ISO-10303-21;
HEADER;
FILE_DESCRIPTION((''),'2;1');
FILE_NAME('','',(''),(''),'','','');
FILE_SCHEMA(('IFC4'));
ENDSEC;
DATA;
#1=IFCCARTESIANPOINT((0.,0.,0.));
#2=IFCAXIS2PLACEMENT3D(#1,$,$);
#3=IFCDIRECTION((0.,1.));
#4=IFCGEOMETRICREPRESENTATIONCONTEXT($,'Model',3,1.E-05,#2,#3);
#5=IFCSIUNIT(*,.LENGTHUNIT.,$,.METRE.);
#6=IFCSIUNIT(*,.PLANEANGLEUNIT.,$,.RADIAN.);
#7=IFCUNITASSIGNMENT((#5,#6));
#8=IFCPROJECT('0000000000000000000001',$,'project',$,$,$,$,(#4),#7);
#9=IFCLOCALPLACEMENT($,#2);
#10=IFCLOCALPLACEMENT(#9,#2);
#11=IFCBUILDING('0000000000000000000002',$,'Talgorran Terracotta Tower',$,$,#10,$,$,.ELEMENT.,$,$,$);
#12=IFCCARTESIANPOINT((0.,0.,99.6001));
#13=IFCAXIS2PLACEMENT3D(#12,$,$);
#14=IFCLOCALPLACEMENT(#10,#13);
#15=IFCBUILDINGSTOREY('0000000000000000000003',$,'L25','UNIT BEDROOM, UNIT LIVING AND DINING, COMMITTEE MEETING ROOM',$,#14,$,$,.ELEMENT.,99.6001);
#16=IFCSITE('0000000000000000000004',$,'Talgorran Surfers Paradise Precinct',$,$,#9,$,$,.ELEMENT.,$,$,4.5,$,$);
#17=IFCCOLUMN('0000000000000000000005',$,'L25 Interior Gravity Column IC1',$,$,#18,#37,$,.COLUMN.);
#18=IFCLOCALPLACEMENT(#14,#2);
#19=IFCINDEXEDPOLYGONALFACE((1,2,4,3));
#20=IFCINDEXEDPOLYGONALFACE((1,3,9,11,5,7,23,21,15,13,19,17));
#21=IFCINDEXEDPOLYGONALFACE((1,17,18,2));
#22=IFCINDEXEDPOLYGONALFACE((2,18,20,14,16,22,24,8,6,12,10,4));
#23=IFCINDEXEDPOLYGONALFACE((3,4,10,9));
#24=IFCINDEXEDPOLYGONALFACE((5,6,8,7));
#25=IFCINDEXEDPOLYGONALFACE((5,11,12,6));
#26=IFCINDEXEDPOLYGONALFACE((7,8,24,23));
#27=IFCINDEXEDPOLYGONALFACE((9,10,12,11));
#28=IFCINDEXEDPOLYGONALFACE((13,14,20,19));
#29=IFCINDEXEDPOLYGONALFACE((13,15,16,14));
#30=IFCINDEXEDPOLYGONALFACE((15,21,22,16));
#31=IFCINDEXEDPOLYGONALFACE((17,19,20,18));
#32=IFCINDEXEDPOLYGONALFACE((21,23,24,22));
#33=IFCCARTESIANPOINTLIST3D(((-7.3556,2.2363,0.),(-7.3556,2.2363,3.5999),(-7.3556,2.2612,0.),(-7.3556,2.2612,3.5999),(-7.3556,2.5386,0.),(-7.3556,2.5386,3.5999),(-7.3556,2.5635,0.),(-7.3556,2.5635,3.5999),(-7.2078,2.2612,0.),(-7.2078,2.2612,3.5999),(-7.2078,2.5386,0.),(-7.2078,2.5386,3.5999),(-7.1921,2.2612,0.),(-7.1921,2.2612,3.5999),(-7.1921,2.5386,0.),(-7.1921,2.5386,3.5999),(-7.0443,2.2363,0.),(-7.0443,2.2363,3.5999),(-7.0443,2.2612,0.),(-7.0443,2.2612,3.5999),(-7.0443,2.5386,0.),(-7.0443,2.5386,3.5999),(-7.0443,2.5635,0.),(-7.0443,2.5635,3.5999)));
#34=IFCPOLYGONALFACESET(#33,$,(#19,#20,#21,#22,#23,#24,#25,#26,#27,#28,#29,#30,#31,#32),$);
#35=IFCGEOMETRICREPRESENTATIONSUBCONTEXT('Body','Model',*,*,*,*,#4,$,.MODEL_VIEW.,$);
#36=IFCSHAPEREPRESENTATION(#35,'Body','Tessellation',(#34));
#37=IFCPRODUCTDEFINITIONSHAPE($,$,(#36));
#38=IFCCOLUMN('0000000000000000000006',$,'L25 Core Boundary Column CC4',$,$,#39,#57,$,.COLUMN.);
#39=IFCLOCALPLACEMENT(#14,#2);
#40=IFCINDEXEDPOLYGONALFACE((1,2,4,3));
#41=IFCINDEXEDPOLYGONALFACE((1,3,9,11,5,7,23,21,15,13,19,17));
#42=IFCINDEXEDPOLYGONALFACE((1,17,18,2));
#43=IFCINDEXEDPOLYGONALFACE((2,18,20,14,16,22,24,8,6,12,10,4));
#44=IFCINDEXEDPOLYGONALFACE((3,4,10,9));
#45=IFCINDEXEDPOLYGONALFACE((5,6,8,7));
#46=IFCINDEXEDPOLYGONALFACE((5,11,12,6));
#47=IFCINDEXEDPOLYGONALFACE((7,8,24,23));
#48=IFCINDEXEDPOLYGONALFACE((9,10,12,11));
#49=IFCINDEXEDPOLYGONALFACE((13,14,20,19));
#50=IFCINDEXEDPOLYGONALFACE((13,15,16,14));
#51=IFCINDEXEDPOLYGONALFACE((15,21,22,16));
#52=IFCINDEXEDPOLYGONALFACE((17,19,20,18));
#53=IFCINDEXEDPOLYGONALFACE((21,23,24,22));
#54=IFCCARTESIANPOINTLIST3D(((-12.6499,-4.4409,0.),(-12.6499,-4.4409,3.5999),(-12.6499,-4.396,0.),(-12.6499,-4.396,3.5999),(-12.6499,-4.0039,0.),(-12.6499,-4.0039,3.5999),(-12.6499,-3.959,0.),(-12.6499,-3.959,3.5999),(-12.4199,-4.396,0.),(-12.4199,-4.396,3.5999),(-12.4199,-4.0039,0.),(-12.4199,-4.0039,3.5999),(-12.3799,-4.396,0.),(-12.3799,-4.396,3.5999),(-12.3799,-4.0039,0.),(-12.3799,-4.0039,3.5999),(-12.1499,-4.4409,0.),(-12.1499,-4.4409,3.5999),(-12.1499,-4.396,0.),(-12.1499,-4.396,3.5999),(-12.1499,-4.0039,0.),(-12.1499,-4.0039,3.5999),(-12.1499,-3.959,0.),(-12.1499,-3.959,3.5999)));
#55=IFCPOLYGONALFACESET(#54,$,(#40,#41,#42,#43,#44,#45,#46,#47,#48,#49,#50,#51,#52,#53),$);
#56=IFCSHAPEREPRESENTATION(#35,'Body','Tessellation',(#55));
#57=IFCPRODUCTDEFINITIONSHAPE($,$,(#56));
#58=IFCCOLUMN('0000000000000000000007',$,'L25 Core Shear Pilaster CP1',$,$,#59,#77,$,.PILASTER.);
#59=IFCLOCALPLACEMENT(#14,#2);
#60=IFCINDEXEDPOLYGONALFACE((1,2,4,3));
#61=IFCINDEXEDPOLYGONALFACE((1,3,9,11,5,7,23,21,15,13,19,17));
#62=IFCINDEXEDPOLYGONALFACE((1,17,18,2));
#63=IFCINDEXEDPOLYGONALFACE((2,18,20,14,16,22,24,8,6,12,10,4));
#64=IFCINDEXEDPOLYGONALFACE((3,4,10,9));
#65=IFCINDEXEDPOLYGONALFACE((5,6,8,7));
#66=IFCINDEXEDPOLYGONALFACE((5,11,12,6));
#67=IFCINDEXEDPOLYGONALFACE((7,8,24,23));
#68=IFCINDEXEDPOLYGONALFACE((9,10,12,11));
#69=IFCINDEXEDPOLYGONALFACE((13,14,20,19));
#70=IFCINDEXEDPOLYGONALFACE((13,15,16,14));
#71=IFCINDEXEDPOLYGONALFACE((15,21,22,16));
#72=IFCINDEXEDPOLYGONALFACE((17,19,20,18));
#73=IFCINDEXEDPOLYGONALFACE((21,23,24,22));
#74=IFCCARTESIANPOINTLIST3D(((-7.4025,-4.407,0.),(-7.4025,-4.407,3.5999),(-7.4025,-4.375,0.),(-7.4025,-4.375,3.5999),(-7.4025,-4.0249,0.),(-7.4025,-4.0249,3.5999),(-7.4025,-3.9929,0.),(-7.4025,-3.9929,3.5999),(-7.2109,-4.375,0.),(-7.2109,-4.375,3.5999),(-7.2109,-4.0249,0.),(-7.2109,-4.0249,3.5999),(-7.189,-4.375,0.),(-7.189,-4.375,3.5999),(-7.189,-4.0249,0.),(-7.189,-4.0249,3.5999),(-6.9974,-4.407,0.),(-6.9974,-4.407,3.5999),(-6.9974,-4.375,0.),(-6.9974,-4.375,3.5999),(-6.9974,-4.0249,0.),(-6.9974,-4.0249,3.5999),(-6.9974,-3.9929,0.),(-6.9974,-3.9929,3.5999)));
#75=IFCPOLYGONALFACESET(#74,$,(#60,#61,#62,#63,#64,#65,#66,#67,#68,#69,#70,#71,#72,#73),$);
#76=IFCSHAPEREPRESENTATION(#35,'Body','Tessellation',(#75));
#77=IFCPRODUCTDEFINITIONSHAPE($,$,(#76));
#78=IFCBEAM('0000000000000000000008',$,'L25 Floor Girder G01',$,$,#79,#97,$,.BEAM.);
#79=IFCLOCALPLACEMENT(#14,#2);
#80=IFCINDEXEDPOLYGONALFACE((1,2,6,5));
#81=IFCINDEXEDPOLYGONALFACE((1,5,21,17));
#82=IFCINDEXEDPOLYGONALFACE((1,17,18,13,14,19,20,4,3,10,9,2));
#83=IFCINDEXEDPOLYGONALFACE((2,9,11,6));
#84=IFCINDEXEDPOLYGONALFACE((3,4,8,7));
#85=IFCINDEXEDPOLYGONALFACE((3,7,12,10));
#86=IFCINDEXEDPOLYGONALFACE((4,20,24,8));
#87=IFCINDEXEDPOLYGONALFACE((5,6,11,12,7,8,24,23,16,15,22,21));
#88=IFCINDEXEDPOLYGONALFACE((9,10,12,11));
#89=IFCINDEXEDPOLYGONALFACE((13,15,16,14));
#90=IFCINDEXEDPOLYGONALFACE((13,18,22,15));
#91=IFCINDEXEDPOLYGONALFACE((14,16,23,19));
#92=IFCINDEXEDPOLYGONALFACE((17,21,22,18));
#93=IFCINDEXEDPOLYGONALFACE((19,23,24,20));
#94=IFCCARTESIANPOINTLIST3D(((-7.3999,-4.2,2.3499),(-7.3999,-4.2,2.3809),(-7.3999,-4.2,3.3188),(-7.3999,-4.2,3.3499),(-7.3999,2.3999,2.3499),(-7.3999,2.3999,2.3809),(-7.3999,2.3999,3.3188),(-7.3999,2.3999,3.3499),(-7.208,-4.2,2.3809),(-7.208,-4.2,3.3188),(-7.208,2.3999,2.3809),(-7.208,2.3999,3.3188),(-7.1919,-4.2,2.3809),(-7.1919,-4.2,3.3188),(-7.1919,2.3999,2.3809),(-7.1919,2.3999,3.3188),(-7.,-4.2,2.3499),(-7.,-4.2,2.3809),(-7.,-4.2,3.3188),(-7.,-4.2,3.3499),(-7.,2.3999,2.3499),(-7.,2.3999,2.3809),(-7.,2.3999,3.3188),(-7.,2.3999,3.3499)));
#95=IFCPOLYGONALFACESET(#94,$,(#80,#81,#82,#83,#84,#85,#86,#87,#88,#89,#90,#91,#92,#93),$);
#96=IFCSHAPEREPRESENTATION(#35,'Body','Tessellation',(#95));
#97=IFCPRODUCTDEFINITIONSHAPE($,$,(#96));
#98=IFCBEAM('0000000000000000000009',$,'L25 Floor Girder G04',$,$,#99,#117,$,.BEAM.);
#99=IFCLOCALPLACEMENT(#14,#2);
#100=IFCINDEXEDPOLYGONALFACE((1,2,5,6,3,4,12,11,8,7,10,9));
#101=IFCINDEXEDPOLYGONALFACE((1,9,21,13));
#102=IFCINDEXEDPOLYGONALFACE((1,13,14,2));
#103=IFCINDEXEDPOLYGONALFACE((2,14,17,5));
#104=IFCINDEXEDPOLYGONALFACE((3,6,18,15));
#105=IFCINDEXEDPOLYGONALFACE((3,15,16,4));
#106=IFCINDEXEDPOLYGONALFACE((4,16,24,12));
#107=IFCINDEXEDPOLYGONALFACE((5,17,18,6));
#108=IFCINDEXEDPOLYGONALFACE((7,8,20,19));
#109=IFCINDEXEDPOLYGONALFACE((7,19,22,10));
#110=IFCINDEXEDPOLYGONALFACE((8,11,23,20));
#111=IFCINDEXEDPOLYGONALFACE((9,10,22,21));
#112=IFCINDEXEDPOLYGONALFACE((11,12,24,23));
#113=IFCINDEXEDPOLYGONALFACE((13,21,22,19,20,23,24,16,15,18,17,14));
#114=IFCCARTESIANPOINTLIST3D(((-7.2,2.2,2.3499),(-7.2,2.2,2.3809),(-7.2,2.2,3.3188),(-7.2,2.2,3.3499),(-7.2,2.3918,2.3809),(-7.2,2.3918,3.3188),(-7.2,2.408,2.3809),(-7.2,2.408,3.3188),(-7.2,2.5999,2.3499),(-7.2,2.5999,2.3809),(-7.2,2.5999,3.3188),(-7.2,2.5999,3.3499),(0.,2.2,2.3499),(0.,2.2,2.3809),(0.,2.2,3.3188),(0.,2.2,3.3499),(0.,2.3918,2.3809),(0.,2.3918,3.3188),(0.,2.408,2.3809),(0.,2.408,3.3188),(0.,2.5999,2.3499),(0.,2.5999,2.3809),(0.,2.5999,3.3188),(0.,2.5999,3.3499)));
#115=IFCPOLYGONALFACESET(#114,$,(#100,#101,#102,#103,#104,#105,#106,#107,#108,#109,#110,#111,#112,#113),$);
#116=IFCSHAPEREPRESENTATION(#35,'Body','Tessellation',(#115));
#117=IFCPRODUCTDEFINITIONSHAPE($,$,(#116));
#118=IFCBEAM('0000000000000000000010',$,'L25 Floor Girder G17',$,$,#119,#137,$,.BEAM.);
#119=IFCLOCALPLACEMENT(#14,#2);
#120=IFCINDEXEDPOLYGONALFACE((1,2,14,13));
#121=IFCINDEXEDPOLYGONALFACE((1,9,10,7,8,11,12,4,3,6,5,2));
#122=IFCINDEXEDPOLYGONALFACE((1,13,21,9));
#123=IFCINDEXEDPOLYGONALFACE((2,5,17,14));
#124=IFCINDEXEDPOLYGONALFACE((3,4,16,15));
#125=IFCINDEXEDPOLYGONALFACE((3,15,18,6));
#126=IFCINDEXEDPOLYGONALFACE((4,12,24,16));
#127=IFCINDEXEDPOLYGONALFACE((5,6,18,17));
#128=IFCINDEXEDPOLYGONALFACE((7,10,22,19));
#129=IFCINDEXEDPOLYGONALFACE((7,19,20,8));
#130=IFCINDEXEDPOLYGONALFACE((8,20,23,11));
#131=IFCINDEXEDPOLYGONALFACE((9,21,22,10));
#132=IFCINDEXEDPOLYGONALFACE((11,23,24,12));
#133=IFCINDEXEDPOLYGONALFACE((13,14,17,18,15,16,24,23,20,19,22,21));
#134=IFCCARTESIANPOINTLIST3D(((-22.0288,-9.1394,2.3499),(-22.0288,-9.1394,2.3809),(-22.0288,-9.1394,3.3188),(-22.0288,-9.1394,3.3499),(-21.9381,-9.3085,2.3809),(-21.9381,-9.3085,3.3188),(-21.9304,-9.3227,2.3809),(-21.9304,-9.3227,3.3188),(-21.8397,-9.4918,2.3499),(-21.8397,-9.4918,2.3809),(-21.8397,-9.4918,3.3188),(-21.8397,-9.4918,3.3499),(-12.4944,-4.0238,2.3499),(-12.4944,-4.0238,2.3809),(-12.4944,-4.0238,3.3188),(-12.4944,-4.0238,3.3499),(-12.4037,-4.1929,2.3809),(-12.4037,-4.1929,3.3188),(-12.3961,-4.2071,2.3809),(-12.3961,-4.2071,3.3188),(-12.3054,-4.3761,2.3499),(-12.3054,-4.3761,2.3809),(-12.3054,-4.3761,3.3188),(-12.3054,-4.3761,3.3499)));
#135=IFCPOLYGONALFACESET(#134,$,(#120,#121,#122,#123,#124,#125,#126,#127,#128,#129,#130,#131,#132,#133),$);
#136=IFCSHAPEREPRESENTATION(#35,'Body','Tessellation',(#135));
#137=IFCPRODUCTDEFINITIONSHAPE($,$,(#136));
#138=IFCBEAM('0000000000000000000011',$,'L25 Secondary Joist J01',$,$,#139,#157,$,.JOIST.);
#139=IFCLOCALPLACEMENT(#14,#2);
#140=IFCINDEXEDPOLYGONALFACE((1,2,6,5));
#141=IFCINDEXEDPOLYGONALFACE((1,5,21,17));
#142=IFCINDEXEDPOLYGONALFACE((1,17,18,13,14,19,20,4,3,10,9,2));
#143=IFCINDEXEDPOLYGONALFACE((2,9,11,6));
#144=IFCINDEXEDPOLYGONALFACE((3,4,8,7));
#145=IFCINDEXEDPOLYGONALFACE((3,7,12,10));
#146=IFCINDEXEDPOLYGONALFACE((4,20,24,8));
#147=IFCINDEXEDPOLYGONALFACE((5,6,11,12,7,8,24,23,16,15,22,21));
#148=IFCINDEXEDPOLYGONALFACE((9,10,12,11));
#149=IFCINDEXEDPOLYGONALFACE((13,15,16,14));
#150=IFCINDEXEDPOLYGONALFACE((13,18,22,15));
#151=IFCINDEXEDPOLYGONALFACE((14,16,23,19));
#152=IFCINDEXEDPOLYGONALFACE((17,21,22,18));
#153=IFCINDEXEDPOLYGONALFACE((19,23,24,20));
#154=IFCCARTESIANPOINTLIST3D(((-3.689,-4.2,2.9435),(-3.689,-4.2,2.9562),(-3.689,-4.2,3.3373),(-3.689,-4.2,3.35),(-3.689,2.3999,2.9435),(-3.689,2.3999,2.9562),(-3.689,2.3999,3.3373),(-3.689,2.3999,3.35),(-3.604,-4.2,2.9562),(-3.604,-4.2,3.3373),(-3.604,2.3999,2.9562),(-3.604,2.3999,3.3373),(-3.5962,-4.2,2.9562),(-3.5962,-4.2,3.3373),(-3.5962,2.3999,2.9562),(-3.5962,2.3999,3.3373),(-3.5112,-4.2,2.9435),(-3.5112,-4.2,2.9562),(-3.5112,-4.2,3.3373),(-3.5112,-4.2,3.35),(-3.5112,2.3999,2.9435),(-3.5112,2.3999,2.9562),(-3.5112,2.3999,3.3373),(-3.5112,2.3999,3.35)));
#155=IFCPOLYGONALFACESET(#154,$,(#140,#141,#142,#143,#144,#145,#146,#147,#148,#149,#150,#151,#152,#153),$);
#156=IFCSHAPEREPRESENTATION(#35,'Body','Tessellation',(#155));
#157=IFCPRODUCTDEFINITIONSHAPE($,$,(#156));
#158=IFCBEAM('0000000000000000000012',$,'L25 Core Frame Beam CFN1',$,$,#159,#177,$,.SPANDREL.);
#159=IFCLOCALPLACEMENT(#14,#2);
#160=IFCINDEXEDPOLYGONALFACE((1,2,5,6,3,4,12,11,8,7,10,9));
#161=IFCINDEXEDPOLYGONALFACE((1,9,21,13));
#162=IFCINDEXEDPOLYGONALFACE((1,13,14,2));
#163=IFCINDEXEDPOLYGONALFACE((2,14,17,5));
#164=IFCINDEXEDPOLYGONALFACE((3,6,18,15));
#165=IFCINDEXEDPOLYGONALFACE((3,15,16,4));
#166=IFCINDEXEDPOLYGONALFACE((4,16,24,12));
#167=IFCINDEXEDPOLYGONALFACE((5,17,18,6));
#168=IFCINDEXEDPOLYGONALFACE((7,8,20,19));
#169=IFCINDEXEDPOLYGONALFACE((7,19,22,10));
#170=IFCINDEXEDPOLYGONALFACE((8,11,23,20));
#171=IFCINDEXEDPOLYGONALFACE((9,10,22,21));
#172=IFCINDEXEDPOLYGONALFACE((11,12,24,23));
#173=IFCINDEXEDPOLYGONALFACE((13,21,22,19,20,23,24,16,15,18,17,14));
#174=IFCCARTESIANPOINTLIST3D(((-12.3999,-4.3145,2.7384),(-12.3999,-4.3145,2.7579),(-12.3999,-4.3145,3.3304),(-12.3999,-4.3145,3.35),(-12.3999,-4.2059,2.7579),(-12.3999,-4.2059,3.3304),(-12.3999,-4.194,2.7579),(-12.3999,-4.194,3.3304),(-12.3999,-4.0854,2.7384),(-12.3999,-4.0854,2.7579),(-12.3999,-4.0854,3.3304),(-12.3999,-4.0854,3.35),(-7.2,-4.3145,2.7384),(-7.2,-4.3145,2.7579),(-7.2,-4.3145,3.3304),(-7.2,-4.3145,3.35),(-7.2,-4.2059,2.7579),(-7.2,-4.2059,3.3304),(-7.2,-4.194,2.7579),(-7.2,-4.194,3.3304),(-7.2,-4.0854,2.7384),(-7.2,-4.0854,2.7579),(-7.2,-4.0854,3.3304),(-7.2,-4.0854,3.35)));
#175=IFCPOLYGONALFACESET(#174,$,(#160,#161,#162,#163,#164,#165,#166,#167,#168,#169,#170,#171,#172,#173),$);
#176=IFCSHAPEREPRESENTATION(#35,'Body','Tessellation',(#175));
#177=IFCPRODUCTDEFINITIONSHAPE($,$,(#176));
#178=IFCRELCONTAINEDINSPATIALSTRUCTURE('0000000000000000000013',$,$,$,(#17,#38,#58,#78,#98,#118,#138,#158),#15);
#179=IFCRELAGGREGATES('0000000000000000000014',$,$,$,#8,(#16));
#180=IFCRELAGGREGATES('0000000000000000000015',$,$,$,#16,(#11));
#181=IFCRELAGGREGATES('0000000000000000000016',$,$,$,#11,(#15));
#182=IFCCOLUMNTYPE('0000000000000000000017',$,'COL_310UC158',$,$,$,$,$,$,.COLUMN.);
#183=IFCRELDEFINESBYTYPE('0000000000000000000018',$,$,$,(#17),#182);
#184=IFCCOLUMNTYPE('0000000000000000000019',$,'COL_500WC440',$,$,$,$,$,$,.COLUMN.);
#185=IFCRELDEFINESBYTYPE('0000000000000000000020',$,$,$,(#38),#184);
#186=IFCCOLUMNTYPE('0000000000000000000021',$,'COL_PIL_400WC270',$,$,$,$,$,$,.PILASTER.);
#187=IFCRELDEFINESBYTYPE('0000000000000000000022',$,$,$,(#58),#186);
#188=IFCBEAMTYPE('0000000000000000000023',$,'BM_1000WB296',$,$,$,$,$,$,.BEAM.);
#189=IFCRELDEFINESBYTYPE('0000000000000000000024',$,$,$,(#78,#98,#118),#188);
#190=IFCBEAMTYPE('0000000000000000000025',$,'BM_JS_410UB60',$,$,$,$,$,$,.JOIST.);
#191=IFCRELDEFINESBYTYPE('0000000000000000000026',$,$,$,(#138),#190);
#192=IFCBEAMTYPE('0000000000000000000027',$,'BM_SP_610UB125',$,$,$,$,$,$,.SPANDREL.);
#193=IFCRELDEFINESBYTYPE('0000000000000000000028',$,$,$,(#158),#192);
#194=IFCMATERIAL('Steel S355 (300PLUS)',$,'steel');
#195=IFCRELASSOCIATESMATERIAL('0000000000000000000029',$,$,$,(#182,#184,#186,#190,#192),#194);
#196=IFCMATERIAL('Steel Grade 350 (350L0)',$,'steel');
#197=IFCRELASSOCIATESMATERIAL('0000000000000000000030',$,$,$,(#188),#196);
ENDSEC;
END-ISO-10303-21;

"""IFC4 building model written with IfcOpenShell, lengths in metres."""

from ifc_helpers import new_model, si_unit, direction, frame, origin, origin_2d, place, context, subcontext, project, spatial, i_section, extrude, material, material_profile, profile_set, type_object, element, save


model = new_model("IFC4")

# Units and contexts
model_context = context("Model", 3, precision=1e-05, world=origin(), true_north=direction((0.0, 1.0)))
body_context = subcontext(model_context, "Body", "Model", "MODEL_VIEW")
ifc_project = project(units=[si_unit("LENGTHUNIT", "METRE"), si_unit("PLANEANGLEUNIT", "RADIAN")], contexts=[model_context])

# Site, building, storey
site_placement = place(None, origin())
site = spatial("IfcSite", under=ifc_project, at=site_placement, Name="Talgorran Surfers Paradise Precinct", CompositionType="ELEMENT", RefElevation=4.5)
building_placement = place(site_placement, origin())
building = spatial("IfcBuilding", under=site, at=building_placement, Name="Talgorran Terracotta Tower", CompositionType="ELEMENT")
storey_placement = place(building_placement, frame((0.0, 0.0, 99.6001)))
storey = spatial("IfcBuildingStorey", under=building, at=storey_placement, Name="L25", Description="UNIT BEDROOM, UNIT LIVING AND DINING, COMMITTEE MEETING ROOM", CompositionType="ELEMENT", Elevation=99.6001)

# Columns
ifc_material_1 = material(Name="Steel S355 (300PLUS)", Category="steel")
ifc_material_profile_1 = material_profile(ifc_material_1, i_section(OverallWidth=0.3113, OverallDepth=0.3271, WebThickness=0.0156, FlangeThickness=0.0249, at=origin_2d()), Name="310UC158")
ifc_profile_set_1 = profile_set([ifc_material_profile_1], Name="Steel S355 (300PLUS)")
column_type_1 = type_object("IfcColumnType", Name="COL_310UC158", PredefinedType="COLUMN", material=ifc_profile_set_1)
column_1_placement = place(storey_placement, frame((-7.2, 2.3999, 0.0), z_axis=(0.0, 0.0, 1.0), x_axis=(1.0, 0.0, 0.0)))
element("IfcColumn", 1, at=column_1_placement, inside=storey, type_object=column_type_1, Name="L25 Interior Gravity Column IC1", PredefinedType="COLUMN", context=body_context, shape_type="SweptSolid", body=[
    extrude(i_section(OverallWidth=0.3113, OverallDepth=0.3271, WebThickness=0.0156, FlangeThickness=0.0249, at=origin_2d()), origin(), (0.0, 0.0, 1.0), 3.5999),
])
ifc_material_profile_2 = material_profile(ifc_material_1, i_section(OverallWidth=0.5, OverallDepth=0.4819, WebThickness=0.04, FlangeThickness=0.0449, at=origin_2d()), Name="500WC440")
ifc_profile_set_2 = profile_set([ifc_material_profile_2], Name="Steel S355 (300PLUS)")
column_type_2 = type_object("IfcColumnType", Name="COL_500WC440", PredefinedType="COLUMN", material=ifc_profile_set_2)
column_2_placement = place(storey_placement, frame((-12.3999, -4.2, 0.0), z_axis=(0.0, 0.0, 1.0), x_axis=(1.0, 0.0, 0.0)))
element("IfcColumn", 2, at=column_2_placement, inside=storey, type_object=column_type_2, Name="L25 Core Boundary Column CC4", PredefinedType="COLUMN", context=body_context, shape_type="SweptSolid", body=[
    extrude(i_section(OverallWidth=0.5, OverallDepth=0.4819, WebThickness=0.04, FlangeThickness=0.0449, at=origin_2d()), origin(), (0.0, 0.0, 1.0), 3.5999),
])
ifc_material_profile_3 = material_profile(ifc_material_1, i_section(OverallWidth=0.405, OverallDepth=0.4141, WebThickness=0.022, FlangeThickness=0.032, at=origin_2d()), Name="400WC270")
ifc_profile_set_3 = profile_set([ifc_material_profile_3], Name="Steel S355 (300PLUS)")
column_type_3 = type_object("IfcColumnType", Name="COL_PIL_400WC270", PredefinedType="PILASTER", material=ifc_profile_set_3)
column_3_placement = place(storey_placement, frame((-7.2, -4.2, 0.0), z_axis=(0.0, 0.0, 1.0), x_axis=(1.0, 0.0, 0.0)))
element("IfcColumn", 3, at=column_3_placement, inside=storey, type_object=column_type_3, Name="L25 Core Shear Pilaster CP1", PredefinedType="PILASTER", context=body_context, shape_type="SweptSolid", body=[
    extrude(i_section(OverallWidth=0.405, OverallDepth=0.4141, WebThickness=0.022, FlangeThickness=0.032, at=origin_2d()), origin(), (0.0, 0.0, 1.0), 3.5999),
])

# Beams
ifc_material_2 = material(Name="Steel Grade 350 (350L0)", Category="steel")
ifc_material_profile_4 = material_profile(ifc_material_2, i_section(OverallWidth=0.3999, OverallDepth=1.0, WebThickness=0.0161, FlangeThickness=0.031, at=origin_2d()), Name="1000WB296")
ifc_profile_set_4 = profile_set([ifc_material_profile_4], Name="Steel Grade 350 (350L0)")
beam_type_1 = type_object("IfcBeamType", Name="BM_1000WB296", PredefinedType="BEAM", material=ifc_profile_set_4)
beam_1_placement = place(storey_placement, frame((-7.2, -4.2, 2.8499), z_axis=(0.0, 1.0, 0.0), x_axis=(-1.0, 0.0, 0.0)))
element("IfcBeam", 4, at=beam_1_placement, inside=storey, type_object=beam_type_1, Name="L25 Floor Girder G01", PredefinedType="BEAM", context=body_context, shape_type="SweptSolid", body=[
    extrude(i_section(OverallWidth=0.3999, OverallDepth=1.0, WebThickness=0.0161, FlangeThickness=0.031, at=origin_2d()), origin(), (0.0, 0.0, 1.0), 6.5999),
])
beam_2_placement = place(storey_placement, frame((-7.2, 2.3999, 2.8499), z_axis=(1.0, 0.0, 0.0), x_axis=(0.0, 1.0, 0.0)))
element("IfcBeam", 5, at=beam_2_placement, inside=storey, type_object=beam_type_1, Name="L25 Floor Girder G04", PredefinedType="BEAM", context=body_context, shape_type="SweptSolid", body=[
    extrude(i_section(OverallWidth=0.3999, OverallDepth=1.0, WebThickness=0.0161, FlangeThickness=0.031, at=origin_2d()), origin(), (0.0, 0.0, 1.0), 7.2),
])
beam_3_placement = place(storey_placement, frame((-12.3999, -4.2, 2.8499), z_axis=(-0.881172, -0.472795, 0.0), x_axis=(0.472795, -0.881172, 0.0)))
element("IfcBeam", 6, at=beam_3_placement, inside=storey, type_object=beam_type_1, Name="L25 Floor Girder G17", PredefinedType="BEAM", context=body_context, shape_type="SweptSolid", body=[
    extrude(i_section(OverallWidth=0.3999, OverallDepth=1.0, WebThickness=0.0161, FlangeThickness=0.031, at=origin_2d()), origin(), (0.0, 0.0, 1.0), 10.8201),
])
ifc_material_profile_5 = material_profile(ifc_material_1, i_section(OverallWidth=0.1777, OverallDepth=0.4065, WebThickness=0.0078, FlangeThickness=0.0127, at=origin_2d()), Name="410UB59.7")
ifc_profile_set_5 = profile_set([ifc_material_profile_5], Name="Steel S355 (300PLUS)")
beam_type_2 = type_object("IfcBeamType", Name="BM_JS_410UB60", PredefinedType="JOIST", material=ifc_profile_set_5)
beam_4_placement = place(storey_placement, frame((-3.6001, -4.2, 3.1467), z_axis=(0.0, 1.0, 0.0), x_axis=(-1.0, 0.0, 0.0)))
element("IfcBeam", 7, at=beam_4_placement, inside=storey, type_object=beam_type_2, Name="L25 Secondary Joist J01", PredefinedType="JOIST", context=body_context, shape_type="SweptSolid", body=[
    extrude(i_section(OverallWidth=0.1777, OverallDepth=0.4065, WebThickness=0.0078, FlangeThickness=0.0127, at=origin_2d()), origin(), (0.0, 0.0, 1.0), 6.5999),
])
ifc_material_profile_6 = material_profile(ifc_material_1, i_section(OverallWidth=0.229, OverallDepth=0.6116, WebThickness=0.012, FlangeThickness=0.0195, at=origin_2d()), Name="610UB125")
ifc_profile_set_6 = profile_set([ifc_material_profile_6], Name="Steel S355 (300PLUS)")
beam_type_3 = type_object("IfcBeamType", Name="BM_SP_610UB125", PredefinedType="SPANDREL", material=ifc_profile_set_6)
beam_5_placement = place(storey_placement, frame((-12.3999, -4.2, 3.0442), z_axis=(1.0, 0.0, 0.0), x_axis=(0.0, 1.0, 0.0)))
element("IfcBeam", 8, at=beam_5_placement, inside=storey, type_object=beam_type_3, Name="L25 Core Frame Beam CFN1", PredefinedType="SPANDREL", context=body_context, shape_type="SweptSolid", body=[
    extrude(i_section(OverallWidth=0.229, OverallDepth=0.6116, WebThickness=0.012, FlangeThickness=0.0195, at=origin_2d()), origin(), (0.0, 0.0, 1.0), 5.2),
])

save(model, "model.ifc")
